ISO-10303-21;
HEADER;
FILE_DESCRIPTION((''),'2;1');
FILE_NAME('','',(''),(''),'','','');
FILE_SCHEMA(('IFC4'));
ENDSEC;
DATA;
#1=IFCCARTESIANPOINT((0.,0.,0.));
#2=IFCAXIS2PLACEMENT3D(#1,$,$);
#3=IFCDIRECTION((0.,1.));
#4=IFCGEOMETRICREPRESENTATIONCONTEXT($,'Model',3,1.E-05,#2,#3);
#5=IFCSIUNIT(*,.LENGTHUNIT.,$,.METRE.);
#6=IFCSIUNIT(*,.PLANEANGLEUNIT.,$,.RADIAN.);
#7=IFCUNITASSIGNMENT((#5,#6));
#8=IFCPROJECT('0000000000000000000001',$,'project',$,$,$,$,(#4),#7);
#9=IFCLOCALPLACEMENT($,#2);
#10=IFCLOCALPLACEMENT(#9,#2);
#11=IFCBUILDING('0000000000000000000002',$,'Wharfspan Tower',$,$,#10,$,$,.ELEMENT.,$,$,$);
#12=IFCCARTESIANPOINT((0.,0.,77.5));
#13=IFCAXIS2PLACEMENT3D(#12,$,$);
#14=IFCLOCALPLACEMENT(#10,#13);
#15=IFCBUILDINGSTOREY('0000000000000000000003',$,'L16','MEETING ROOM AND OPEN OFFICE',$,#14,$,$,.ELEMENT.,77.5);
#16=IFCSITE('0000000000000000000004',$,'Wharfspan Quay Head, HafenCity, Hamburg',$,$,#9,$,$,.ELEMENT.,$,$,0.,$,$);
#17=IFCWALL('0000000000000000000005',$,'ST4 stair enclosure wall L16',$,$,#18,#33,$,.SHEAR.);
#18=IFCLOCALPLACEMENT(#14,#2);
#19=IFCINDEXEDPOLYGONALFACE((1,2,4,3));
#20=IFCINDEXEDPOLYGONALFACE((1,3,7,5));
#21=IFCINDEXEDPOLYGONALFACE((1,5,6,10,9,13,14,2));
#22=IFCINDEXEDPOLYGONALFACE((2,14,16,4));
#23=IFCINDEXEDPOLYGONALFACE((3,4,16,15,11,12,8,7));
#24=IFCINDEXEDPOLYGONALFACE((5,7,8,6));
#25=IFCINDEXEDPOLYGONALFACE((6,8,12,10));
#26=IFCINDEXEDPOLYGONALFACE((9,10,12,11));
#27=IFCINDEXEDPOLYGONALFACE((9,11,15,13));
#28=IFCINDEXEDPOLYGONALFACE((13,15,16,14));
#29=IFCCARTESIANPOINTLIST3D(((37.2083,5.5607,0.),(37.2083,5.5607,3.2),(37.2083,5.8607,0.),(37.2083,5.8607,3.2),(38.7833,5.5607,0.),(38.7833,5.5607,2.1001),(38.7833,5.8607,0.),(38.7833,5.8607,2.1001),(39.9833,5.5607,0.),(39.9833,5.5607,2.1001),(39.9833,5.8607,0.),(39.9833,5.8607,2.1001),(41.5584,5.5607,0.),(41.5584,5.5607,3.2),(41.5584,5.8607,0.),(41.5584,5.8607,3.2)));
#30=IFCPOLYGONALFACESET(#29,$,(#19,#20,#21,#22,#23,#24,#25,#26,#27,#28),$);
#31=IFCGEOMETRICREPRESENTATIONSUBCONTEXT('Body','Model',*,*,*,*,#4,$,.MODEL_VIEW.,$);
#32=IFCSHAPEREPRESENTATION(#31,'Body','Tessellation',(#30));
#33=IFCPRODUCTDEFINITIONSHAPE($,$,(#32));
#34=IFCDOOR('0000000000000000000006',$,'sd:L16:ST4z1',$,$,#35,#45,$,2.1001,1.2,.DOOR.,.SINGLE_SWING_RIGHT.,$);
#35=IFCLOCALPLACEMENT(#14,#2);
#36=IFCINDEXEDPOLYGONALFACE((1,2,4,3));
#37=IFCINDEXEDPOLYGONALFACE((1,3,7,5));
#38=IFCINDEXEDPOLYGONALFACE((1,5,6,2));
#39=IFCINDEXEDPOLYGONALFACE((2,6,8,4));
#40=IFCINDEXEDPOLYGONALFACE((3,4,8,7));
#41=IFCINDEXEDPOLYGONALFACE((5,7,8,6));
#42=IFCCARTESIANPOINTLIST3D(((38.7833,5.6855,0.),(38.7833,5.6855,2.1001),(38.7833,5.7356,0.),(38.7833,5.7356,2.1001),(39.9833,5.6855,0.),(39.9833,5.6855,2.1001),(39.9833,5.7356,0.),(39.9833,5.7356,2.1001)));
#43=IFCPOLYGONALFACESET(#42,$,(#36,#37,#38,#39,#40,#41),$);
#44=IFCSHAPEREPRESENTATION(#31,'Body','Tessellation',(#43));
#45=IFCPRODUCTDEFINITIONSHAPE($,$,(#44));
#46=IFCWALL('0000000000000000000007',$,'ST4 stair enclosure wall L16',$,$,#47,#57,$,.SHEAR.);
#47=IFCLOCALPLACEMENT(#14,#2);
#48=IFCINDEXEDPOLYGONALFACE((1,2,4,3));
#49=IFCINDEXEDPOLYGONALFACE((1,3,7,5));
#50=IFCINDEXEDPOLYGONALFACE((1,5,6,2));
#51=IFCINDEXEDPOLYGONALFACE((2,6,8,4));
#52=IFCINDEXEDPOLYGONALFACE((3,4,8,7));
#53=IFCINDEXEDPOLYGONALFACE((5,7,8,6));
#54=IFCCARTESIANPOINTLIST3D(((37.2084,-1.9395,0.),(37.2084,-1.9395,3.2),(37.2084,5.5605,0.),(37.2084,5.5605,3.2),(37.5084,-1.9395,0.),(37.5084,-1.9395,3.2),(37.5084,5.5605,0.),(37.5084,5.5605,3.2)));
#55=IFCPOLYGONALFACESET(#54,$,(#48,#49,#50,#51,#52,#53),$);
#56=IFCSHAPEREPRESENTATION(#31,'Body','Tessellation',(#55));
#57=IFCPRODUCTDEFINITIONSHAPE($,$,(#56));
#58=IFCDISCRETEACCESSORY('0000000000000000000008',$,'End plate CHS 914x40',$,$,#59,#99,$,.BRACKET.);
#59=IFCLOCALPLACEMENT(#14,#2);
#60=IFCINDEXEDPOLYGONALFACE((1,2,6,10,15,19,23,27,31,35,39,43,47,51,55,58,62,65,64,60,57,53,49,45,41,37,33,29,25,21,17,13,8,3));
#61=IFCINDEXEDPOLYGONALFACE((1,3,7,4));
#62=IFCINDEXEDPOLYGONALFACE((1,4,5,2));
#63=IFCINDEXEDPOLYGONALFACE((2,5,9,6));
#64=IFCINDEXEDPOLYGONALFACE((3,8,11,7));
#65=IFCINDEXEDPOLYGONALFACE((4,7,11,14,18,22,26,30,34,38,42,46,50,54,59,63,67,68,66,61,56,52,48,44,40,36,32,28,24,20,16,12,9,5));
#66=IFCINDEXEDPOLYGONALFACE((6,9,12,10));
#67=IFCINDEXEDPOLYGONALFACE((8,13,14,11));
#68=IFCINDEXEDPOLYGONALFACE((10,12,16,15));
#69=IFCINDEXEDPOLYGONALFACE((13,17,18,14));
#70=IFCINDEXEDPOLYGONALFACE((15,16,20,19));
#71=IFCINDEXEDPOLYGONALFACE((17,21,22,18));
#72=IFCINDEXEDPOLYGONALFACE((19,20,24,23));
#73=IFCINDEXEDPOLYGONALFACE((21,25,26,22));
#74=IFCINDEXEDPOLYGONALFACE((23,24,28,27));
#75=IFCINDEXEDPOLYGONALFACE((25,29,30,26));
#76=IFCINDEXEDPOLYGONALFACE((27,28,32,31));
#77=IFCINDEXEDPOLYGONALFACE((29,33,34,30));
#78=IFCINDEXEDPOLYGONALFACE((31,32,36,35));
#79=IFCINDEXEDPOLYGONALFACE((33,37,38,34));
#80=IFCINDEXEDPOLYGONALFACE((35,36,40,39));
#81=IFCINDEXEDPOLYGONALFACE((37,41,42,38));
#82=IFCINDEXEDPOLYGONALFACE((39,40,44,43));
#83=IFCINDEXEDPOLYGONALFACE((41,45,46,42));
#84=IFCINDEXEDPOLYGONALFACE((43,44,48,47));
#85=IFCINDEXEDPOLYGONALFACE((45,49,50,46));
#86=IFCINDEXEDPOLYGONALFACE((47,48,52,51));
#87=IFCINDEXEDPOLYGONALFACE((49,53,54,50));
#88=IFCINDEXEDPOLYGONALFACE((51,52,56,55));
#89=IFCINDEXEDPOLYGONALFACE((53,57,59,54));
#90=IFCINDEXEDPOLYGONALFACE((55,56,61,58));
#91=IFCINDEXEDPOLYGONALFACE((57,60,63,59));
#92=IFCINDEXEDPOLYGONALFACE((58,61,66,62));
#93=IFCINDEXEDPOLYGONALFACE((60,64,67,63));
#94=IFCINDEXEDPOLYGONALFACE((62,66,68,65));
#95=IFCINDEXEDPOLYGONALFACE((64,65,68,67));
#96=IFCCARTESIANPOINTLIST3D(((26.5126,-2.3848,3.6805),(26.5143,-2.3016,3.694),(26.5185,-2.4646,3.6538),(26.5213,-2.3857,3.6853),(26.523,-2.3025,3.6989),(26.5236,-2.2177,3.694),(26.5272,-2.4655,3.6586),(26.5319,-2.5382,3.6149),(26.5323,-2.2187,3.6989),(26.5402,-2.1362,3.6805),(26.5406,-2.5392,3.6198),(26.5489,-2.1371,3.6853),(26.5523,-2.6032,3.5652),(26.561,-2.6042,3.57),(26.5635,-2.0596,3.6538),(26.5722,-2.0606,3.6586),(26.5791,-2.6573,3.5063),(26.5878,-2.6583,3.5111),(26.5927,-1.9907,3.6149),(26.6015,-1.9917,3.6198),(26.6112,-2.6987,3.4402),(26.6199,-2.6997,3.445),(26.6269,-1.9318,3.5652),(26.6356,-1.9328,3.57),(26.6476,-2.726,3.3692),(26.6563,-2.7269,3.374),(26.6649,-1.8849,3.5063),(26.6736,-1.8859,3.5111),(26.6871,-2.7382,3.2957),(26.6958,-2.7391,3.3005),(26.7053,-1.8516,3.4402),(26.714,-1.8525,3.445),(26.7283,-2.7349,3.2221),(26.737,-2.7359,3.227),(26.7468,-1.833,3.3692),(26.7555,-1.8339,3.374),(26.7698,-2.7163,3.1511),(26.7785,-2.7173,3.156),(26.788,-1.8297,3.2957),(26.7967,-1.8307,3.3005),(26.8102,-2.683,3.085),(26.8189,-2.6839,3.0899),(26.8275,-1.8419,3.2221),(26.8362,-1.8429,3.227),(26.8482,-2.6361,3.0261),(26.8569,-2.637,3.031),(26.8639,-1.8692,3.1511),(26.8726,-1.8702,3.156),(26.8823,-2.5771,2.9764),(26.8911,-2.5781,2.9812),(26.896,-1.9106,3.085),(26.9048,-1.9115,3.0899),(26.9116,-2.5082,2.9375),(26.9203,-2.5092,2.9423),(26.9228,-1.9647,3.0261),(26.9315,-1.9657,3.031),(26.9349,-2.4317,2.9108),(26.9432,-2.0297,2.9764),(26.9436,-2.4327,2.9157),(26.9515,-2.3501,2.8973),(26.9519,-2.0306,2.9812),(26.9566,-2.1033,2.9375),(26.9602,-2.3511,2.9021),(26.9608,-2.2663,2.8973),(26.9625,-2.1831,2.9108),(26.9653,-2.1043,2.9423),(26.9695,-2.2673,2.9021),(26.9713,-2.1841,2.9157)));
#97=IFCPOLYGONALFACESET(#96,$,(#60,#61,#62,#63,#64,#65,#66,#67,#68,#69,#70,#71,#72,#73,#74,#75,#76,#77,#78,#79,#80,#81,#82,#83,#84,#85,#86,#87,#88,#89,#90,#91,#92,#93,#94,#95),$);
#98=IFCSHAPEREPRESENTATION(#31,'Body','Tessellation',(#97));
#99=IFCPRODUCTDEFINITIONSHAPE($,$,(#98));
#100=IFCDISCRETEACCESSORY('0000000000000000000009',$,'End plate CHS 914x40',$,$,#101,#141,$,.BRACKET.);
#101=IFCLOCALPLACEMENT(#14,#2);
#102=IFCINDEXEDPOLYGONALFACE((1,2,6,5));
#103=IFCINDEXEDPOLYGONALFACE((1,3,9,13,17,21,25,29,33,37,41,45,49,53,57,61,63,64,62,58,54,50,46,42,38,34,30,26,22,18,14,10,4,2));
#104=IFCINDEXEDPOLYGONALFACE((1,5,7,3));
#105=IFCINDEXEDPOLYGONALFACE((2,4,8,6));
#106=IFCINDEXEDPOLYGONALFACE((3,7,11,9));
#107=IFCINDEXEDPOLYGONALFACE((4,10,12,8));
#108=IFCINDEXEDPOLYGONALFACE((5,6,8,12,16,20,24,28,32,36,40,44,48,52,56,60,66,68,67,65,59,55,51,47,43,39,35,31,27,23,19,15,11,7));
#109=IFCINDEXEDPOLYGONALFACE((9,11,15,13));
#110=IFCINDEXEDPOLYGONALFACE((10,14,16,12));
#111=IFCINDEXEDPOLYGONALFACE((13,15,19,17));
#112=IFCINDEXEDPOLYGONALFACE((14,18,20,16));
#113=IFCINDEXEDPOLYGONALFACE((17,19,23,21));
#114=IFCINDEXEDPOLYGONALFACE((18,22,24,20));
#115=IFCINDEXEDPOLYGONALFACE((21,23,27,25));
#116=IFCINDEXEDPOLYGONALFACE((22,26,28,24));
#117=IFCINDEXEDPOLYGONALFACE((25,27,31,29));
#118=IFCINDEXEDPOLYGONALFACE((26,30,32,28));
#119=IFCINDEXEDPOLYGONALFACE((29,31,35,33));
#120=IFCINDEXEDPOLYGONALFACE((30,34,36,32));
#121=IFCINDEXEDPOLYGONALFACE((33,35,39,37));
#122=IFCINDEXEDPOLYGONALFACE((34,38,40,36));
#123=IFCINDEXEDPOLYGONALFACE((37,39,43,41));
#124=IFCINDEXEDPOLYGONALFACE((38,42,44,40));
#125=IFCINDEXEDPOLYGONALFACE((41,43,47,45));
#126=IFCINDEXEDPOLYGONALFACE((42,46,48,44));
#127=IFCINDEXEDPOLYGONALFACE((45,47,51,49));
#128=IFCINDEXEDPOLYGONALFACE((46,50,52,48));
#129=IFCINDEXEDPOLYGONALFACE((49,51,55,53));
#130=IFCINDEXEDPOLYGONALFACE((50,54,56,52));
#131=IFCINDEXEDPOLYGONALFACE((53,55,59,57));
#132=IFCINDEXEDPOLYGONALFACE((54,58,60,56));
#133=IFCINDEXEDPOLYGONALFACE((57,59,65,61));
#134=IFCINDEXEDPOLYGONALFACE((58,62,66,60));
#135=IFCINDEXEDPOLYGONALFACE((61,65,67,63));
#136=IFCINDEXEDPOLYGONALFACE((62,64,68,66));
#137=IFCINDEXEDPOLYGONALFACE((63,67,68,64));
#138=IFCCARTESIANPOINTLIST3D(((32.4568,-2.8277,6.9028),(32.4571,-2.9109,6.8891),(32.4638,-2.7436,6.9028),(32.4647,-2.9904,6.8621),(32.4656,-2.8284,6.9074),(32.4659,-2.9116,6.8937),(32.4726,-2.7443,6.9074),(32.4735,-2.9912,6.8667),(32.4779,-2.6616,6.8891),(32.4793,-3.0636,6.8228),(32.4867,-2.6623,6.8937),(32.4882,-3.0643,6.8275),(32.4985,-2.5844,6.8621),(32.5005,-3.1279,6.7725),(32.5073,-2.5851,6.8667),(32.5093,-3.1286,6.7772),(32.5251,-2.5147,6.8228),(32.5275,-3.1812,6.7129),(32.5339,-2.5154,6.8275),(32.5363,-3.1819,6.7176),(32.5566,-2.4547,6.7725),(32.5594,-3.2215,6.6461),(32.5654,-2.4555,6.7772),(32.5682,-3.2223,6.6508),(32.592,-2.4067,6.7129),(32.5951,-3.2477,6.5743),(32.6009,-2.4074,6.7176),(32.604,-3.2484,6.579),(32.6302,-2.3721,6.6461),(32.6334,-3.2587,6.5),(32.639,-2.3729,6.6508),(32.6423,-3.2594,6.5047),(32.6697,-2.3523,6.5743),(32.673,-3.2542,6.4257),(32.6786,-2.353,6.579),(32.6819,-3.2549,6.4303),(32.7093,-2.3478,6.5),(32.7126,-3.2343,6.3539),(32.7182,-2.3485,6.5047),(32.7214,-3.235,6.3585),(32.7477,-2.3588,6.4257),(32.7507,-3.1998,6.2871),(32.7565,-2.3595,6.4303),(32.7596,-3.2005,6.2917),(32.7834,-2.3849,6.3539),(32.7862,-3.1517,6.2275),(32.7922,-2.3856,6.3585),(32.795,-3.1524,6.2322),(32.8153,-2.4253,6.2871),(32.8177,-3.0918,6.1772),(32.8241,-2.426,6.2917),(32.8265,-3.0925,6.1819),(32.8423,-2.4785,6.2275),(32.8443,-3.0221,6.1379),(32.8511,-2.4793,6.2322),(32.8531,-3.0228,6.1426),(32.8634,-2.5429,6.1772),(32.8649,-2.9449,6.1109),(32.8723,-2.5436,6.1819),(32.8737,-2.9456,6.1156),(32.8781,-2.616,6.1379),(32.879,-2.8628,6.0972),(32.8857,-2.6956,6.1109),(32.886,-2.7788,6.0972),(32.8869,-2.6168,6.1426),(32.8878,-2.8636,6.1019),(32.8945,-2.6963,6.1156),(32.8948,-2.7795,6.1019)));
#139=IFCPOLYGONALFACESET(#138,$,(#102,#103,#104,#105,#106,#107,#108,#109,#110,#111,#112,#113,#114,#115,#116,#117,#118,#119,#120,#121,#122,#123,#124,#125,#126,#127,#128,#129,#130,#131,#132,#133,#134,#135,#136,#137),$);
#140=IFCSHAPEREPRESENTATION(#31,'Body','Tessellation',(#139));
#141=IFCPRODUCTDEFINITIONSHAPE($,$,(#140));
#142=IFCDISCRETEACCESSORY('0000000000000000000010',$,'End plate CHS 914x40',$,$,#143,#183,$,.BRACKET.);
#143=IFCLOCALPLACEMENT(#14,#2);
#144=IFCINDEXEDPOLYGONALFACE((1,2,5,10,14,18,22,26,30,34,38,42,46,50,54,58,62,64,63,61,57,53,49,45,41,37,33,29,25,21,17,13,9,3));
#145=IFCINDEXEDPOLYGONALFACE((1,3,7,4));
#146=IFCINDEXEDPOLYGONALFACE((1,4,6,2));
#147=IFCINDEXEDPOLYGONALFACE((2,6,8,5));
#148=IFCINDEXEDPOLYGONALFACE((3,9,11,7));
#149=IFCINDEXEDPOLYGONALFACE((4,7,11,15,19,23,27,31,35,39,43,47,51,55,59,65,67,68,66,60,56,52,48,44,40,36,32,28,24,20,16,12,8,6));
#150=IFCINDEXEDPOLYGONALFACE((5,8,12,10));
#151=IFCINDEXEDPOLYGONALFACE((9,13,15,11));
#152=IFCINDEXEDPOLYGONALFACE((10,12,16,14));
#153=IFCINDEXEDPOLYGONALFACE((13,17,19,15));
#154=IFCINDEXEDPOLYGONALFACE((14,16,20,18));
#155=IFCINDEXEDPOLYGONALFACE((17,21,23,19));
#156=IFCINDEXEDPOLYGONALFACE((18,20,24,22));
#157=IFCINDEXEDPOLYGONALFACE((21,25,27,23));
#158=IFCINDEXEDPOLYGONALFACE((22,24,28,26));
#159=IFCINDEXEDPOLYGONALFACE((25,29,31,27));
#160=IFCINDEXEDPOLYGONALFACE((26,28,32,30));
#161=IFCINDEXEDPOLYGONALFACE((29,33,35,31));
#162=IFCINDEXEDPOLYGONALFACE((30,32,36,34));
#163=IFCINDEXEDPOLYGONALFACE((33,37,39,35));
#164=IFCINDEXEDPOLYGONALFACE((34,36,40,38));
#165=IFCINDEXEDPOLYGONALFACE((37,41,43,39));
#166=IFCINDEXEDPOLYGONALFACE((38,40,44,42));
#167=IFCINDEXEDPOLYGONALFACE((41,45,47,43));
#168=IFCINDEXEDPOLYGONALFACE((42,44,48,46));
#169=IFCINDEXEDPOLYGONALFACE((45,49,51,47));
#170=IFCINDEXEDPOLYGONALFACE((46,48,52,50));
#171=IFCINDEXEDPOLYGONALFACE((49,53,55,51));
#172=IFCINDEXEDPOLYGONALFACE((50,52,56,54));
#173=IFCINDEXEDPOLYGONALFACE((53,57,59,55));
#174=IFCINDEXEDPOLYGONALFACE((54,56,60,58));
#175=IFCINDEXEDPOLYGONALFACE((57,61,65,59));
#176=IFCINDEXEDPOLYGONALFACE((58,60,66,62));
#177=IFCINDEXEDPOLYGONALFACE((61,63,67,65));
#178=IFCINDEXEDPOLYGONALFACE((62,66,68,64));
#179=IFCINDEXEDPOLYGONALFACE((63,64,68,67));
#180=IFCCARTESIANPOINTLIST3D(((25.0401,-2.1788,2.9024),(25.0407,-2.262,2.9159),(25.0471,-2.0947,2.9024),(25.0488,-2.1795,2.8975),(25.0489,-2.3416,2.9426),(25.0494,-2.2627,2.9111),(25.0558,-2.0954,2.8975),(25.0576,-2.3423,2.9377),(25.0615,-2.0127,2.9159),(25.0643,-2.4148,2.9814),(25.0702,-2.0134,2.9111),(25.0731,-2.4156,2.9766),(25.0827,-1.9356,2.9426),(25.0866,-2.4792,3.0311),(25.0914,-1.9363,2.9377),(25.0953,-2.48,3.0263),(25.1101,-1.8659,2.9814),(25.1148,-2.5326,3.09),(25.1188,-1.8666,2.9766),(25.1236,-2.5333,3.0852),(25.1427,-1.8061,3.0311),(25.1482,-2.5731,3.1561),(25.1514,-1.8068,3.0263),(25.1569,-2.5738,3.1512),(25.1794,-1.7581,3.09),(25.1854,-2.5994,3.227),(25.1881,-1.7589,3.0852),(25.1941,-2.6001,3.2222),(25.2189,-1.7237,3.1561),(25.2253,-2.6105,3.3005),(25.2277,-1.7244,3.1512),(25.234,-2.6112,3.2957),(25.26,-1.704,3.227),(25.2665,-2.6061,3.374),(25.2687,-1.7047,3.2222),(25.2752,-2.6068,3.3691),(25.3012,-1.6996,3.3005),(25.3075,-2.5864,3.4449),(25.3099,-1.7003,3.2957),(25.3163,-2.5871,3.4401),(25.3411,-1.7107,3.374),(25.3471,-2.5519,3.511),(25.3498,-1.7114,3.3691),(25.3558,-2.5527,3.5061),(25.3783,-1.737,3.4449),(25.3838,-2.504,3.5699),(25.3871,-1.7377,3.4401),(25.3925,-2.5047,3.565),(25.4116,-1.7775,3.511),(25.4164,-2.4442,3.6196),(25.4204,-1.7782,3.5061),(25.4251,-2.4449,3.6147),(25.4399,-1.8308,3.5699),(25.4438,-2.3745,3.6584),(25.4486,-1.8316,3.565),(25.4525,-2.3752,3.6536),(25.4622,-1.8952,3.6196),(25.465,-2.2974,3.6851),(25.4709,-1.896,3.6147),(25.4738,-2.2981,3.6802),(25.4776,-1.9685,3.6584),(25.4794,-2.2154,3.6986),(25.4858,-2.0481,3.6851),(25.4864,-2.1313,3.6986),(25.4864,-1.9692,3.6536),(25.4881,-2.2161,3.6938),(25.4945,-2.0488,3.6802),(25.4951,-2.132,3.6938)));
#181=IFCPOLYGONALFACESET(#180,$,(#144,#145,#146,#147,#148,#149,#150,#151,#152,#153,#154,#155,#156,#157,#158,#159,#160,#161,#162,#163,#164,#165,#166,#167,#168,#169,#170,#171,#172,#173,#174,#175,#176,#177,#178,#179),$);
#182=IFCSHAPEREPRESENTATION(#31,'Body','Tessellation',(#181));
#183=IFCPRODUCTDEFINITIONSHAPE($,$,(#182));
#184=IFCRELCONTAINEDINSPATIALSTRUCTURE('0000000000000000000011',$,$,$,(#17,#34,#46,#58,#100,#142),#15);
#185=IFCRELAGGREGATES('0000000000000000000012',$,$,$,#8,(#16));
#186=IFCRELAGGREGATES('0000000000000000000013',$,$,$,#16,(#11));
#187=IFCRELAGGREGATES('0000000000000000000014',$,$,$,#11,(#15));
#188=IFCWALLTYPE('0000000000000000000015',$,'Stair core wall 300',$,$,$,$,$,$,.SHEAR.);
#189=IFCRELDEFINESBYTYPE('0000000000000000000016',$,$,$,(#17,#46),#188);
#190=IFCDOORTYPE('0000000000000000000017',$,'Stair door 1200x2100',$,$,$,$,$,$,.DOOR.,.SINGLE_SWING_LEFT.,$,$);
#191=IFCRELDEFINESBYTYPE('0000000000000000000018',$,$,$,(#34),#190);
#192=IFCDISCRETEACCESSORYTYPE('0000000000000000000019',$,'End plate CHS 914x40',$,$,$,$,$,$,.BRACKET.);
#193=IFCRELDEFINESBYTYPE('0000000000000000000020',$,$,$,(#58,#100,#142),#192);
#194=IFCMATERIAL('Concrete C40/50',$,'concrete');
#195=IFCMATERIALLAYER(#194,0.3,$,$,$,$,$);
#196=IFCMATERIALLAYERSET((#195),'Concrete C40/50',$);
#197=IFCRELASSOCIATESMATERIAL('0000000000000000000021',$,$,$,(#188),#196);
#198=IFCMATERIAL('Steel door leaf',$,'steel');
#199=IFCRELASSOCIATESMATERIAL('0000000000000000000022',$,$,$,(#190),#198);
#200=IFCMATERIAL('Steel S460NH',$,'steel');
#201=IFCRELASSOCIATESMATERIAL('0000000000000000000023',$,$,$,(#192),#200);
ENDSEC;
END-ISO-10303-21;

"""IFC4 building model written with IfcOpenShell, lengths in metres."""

from ifc_helpers import new_model, si_unit, direction, frame, frame_2d, origin, origin_2d, place, context, subcontext, project, spatial, rectangle, circle, extrude, material, layer, layer_set, material_profile, profile_set, type_object, element, fill, save


model = new_model("IFC4")

# Units and contexts
model_context = context("Model", 3, precision=1e-05, world=origin(), true_north=direction((0.0, 1.0)))
body_context = subcontext(model_context, "Body", "Model", "MODEL_VIEW")
ifc_project = project(units=[si_unit("LENGTHUNIT", "METRE"), si_unit("PLANEANGLEUNIT", "RADIAN")], contexts=[model_context])

# Site, building, storey
site_placement = place(None, origin())
site = spatial("IfcSite", under=ifc_project, at=site_placement, Name="Wharfspan Quay Head, HafenCity, Hamburg", CompositionType="ELEMENT", RefElevation=0.0)
building_placement = place(site_placement, origin())
building = spatial("IfcBuilding", under=site, at=building_placement, Name="Wharfspan Tower", CompositionType="ELEMENT")
storey_placement = place(building_placement, frame((0.0, 0.0, 77.5)))
storey = spatial("IfcBuildingStorey", under=building, at=storey_placement, Name="L16", Description="MEETING ROOM AND OPEN OFFICE", CompositionType="ELEMENT", Elevation=77.5)

# Shared definitions
ifc_material_1 = material(Name="Steel S460NH", Category="steel")

# Shared definitions
ifc_material_2 = material(Name="Concrete C40/50", Category="concrete")

# Wall, opening, door
ifc_layer_1 = layer(ifc_material_2, 0.3)
ifc_layer_set_1 = layer_set([ifc_layer_1], Name="Concrete C40/50")
wall_type_1 = type_object("IfcWallType", Name="Stair core wall 300", PredefinedType="SHEAR", material=ifc_layer_set_1)
wall_1_placement = place(storey_placement, frame((37.2083, 5.7107, 0.0), z_axis=(0.0, 0.0, 1.0), x_axis=(1.0, 0.0, 0.0)))
wall_1 = element("IfcWall", 1, at=wall_1_placement, inside=storey, type_object=wall_type_1, Name="ST4 stair enclosure wall L16", PredefinedType="SHEAR", context=body_context, shape_type="SweptSolid", body=[
    extrude(rectangle(XDim=4.3501, YDim=0.3, at=frame_2d((2.175, 0.0))), origin(), (0.0, 0.0, 1.0), 3.2),
])
opening_placement = place(wall_1_placement, frame((1.575, 0.0, 0.0)))
opening = element("IfcOpeningElement", 2, at=opening_placement, cuts=wall_1, PredefinedType="OPENING", context=body_context, shape_type="SweptSolid", body=[
    extrude(rectangle(XDim=1.2, YDim=2.1001, at=frame_2d((0.6001, 1.05))), frame((0.0, 0.1599, 0.0), z_axis=(0.0, -1.0, 0.0), x_axis=(1.0, 0.0, 0.0)), (0.0, 0.0, 1.0), 0.3201),
])
ifc_material_3 = material(Name="Steel door leaf", Category="steel")
door_type = type_object("IfcDoorType", Name="Stair door 1200x2100", OperationType="SINGLE_SWING_LEFT", PredefinedType="DOOR", material=ifc_material_3)
door_placement = place(opening_placement, origin())
door = element("IfcDoor", 3, at=door_placement, inside=storey, type_object=door_type, Name="sd:L16:ST4z1", OperationType="SINGLE_SWING_RIGHT", OverallHeight=2.1001, OverallWidth=1.2, PredefinedType="DOOR", context=body_context, shape_type="SweptSolid", body=[
    extrude(rectangle(XDim=1.2, YDim=2.1001, at=frame_2d((0.6001, 1.05))), frame((0.0, 0.0249, 0.0), z_axis=(0.0, -1.0, 0.0), x_axis=(1.0, 0.0, 0.0)), (0.0, 0.0, 1.0), 0.05),
])
fill(opening, door)

# Wall
wall_2_placement = place(storey_placement, frame((37.3584, -1.9395, 0.0), z_axis=(0.0, 0.0, 1.0), x_axis=(0.0, 1.0, 0.0)))
element("IfcWall", 4, at=wall_2_placement, inside=storey, type_object=wall_type_1, Name="ST4 stair enclosure wall L16", PredefinedType="SHEAR", context=body_context, shape_type="SweptSolid", body=[
    extrude(rectangle(XDim=7.5, YDim=0.3, at=frame_2d((3.75, 0.0))), origin(), (0.0, 0.0, 1.0), 3.2),
])

# Discrete accessories
ifc_material_profile_1 = material_profile(ifc_material_1, circle(Radius=0.457, at=origin_2d()))
ifc_profile_set_1 = profile_set([ifc_material_profile_1], Name="Steel S460NH")
discrete_accessory_type = type_object("IfcDiscreteAccessoryType", Name="End plate CHS 914x40", PredefinedType="BRACKET", material=ifc_profile_set_1)
for number, where, z_axis, x_axis, name in (
    (5, (26.7375, -2.2839, 3.2957), (0.870063, -0.096674, 0.483368), (0.110432, 0.993885, 0.0), "End plate CHS 914x40"),
    (6, (32.6714, -2.8032, 6.5), (0.881993, -0.073499, 0.465496), (0.083046, 0.996545, -0.000002), "End plate CHS 914x40"),
    (7, (25.272, -2.1558, 3.2957), (-0.871847, 0.072654, 0.484359), (-0.083044, -0.996547, 0.000003), "End plate CHS 914x40"),
):
    element("IfcDiscreteAccessory", number, at=place(storey_placement, frame(where, z_axis=z_axis, x_axis=x_axis)), inside=storey, type_object=discrete_accessory_type, Name=name, PredefinedType="BRACKET", context=body_context, shape_type="SweptSolid", body=[
        extrude(circle(Radius=0.457, at=origin_2d()), origin(), (0.0, 0.0, 1.0), 0.01),
    ])

save(model, "model.ifc")
